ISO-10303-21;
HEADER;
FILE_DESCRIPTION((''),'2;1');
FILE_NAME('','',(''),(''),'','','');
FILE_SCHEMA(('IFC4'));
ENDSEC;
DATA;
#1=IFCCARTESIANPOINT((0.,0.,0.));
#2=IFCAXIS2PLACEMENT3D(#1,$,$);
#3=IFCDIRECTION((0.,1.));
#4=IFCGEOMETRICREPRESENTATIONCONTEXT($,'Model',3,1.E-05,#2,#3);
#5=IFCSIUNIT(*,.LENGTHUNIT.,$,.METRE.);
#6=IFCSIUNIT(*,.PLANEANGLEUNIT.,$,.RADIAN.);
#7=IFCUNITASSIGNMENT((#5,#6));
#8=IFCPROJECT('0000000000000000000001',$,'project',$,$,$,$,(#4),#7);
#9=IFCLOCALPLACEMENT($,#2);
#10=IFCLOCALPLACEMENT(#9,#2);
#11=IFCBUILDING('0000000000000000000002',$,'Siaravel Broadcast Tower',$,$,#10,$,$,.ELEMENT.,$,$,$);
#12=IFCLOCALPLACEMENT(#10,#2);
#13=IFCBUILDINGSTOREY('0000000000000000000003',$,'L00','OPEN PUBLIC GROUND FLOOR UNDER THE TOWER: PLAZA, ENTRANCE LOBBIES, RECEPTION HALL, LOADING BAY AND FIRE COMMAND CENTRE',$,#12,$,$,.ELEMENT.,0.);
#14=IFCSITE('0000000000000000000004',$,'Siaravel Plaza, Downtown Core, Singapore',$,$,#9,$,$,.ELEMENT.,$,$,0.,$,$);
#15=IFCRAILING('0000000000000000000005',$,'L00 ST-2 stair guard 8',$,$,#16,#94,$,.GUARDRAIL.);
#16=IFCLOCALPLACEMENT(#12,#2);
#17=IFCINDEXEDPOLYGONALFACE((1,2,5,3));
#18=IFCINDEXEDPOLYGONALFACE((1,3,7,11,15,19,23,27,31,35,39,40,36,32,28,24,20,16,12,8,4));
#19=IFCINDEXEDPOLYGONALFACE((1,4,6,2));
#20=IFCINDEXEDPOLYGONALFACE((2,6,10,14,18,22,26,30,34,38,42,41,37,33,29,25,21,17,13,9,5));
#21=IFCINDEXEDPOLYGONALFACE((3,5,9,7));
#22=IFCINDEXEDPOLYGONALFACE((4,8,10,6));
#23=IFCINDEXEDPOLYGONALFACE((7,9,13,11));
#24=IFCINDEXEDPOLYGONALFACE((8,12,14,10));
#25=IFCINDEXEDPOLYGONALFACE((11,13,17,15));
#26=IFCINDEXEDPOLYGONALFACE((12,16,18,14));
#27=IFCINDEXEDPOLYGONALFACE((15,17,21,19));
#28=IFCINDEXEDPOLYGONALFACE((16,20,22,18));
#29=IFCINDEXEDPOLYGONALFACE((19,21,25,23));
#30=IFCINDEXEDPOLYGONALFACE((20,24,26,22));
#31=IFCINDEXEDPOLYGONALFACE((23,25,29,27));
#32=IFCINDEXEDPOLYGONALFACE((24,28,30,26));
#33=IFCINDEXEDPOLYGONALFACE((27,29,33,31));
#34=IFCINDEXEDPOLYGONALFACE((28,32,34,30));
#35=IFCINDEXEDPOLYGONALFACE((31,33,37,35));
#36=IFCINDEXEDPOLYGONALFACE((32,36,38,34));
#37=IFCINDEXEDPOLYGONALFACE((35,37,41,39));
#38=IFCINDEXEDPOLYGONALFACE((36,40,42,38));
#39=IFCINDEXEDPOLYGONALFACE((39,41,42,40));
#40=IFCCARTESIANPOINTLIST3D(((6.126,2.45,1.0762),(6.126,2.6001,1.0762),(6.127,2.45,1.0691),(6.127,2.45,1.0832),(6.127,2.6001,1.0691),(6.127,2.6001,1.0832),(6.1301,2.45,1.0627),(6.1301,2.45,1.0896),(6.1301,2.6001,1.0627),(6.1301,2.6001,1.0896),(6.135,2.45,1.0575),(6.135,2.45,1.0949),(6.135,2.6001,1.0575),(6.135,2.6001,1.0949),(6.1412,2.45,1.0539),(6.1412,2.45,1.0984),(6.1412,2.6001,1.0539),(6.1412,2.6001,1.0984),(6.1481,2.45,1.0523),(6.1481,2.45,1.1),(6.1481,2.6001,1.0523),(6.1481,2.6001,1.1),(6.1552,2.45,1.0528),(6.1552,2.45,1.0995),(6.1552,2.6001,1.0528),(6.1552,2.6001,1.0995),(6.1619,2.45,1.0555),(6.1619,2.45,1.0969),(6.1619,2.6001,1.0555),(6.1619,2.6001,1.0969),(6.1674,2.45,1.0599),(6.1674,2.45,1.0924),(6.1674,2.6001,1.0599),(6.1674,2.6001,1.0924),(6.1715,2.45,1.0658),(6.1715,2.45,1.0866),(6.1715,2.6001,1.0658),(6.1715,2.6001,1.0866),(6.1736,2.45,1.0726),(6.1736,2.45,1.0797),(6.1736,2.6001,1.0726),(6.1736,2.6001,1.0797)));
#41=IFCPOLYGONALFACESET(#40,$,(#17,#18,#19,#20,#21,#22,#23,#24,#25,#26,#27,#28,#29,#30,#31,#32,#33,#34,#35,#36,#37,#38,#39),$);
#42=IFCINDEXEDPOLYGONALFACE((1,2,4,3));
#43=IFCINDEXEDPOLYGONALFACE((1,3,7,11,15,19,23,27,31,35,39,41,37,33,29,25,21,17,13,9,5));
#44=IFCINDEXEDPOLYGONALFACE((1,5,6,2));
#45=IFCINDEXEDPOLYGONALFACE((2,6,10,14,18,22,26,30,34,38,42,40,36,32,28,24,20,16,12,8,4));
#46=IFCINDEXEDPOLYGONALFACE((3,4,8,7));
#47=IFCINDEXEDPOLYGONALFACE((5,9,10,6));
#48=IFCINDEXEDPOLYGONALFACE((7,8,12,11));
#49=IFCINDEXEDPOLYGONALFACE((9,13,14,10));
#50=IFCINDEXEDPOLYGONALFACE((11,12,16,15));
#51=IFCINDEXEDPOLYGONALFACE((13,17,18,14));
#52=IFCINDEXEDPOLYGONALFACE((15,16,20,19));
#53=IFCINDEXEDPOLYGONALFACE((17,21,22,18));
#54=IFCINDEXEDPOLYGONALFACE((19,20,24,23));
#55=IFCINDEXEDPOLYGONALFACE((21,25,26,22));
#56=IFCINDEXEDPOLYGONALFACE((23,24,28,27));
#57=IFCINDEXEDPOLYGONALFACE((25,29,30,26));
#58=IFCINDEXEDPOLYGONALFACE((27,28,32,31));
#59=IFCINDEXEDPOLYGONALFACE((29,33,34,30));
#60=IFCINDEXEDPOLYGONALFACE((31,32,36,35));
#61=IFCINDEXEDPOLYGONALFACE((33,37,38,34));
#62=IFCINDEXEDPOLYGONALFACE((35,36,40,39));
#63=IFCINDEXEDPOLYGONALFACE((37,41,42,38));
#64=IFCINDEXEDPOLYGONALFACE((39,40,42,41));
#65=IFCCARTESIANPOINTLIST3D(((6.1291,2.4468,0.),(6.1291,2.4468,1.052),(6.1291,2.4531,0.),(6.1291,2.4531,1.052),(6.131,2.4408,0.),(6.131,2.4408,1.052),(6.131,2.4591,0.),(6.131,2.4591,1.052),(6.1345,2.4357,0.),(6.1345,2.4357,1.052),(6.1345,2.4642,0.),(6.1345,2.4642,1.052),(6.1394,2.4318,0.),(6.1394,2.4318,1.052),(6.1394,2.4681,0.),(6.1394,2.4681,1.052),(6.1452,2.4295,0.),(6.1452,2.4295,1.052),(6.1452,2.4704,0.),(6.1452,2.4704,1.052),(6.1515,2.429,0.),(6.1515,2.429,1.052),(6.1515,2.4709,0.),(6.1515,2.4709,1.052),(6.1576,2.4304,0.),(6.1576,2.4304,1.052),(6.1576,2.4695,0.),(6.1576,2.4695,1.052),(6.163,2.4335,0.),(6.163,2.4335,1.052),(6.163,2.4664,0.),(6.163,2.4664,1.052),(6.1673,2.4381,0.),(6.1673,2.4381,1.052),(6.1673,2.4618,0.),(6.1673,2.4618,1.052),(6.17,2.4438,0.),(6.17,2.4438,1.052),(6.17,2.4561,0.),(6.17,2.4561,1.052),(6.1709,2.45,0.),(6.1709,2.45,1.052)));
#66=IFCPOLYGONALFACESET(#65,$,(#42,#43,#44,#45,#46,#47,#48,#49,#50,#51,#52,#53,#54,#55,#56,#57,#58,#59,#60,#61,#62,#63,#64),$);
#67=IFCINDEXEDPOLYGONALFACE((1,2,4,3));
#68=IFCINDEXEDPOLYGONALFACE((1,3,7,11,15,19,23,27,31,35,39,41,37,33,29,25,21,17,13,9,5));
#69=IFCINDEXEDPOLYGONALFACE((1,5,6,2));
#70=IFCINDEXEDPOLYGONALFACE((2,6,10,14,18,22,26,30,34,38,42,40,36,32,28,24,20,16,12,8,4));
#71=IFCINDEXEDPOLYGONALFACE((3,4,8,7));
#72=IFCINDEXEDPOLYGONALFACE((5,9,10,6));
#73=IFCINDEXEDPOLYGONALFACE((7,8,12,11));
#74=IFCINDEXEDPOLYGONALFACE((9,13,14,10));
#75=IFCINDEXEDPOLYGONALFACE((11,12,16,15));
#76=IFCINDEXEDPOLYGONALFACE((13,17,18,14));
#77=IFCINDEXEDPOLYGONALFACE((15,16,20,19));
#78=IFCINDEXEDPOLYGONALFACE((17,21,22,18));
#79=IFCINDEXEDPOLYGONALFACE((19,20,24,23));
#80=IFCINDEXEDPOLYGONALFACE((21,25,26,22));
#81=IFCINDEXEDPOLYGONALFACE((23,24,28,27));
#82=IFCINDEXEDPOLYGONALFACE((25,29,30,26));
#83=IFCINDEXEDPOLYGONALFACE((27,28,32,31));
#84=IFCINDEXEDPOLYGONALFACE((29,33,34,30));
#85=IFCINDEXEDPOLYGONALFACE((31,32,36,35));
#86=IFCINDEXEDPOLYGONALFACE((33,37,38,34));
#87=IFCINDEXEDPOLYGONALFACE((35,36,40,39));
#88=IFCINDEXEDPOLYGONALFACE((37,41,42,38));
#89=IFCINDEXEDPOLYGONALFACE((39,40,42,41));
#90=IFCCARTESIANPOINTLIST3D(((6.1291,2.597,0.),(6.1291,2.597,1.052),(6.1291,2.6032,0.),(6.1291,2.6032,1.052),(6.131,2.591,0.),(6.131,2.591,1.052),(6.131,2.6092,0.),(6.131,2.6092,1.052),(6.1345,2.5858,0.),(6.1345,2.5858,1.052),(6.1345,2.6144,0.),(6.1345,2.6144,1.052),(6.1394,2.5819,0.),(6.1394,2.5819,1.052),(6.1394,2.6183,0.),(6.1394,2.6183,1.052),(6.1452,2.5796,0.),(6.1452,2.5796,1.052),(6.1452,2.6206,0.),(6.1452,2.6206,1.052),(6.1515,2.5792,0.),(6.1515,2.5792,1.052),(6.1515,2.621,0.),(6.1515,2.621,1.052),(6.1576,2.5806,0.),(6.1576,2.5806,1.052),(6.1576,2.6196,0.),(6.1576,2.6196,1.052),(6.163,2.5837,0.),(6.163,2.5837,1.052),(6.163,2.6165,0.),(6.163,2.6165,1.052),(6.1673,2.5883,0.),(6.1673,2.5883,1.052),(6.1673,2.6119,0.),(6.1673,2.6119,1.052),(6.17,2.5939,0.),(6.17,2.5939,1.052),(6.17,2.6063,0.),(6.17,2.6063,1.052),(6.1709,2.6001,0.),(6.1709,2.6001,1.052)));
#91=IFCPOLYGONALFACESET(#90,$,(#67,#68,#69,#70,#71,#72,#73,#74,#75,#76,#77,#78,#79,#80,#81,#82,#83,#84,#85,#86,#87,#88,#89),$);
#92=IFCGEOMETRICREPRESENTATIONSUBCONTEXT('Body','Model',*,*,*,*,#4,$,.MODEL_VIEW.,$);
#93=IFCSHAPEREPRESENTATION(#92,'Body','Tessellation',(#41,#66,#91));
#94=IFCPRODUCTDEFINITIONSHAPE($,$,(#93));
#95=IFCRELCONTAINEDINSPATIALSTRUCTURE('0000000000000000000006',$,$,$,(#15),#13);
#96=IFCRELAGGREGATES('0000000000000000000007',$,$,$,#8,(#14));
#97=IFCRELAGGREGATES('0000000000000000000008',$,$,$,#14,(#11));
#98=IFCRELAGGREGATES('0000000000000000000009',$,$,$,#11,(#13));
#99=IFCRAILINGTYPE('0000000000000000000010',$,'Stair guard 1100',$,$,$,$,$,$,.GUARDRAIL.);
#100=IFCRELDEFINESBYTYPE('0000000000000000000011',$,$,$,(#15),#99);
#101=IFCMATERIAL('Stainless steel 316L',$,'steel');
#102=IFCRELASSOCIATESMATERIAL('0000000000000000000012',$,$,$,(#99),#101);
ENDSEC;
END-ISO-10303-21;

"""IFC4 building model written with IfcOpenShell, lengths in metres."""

from ifc_helpers import new_model, si_unit, direction, frame, origin, origin_2d, place, context, subcontext, project, spatial, circle, extrude, material, type_object, element, save


model = new_model("IFC4")

# Units and contexts
model_context = context("Model", 3, precision=1e-05, world=origin(), true_north=direction((0.0, 1.0)))
body_context = subcontext(model_context, "Body", "Model", "MODEL_VIEW")
ifc_project = project(units=[si_unit("LENGTHUNIT", "METRE"), si_unit("PLANEANGLEUNIT", "RADIAN")], contexts=[model_context])

# Site, building, storey
site_placement = place(None, origin())
site = spatial("IfcSite", under=ifc_project, at=site_placement, Name="Siaravel Plaza, Downtown Core, Singapore", CompositionType="ELEMENT", RefElevation=0.0)
building_placement = place(site_placement, origin())
building = spatial("IfcBuilding", under=site, at=building_placement, Name="Siaravel Broadcast Tower", CompositionType="ELEMENT")
storey_placement = place(building_placement, origin())
storey = spatial("IfcBuildingStorey", under=building, at=storey_placement, Name="L00", Description="OPEN PUBLIC GROUND FLOOR UNDER THE TOWER: PLAZA, ENTRANCE LOBBIES, RECEPTION HALL, LOADING BAY AND FIRE COMMAND CENTRE", CompositionType="ELEMENT", Elevation=0.0)

# Railing
ifc_material_1 = material(Name="Stainless steel 316L", Category="steel")
railing_type = type_object("IfcRailingType", Name="Stair guard 1100", PredefinedType="GUARDRAIL", material=ifc_material_1)
railing_1_placement = place(storey_placement, frame((6.1499, 2.45, 0.0)))
element("IfcRailing", 1, at=railing_1_placement, inside=storey, type_object=railing_type, Name="L00 ST-2 stair guard 8", PredefinedType="GUARDRAIL", context=body_context, shape_type="SweptSolid", body=[
    extrude(circle(Radius=0.0239, at=origin_2d()), frame((0.0, 0.0, 1.0762), z_axis=(0.0, 1.0, 0.0), x_axis=(-1.0, 0.0, 0.0)), (0.0, 0.0, 1.0), 0.1501),
    extrude(circle(Radius=0.021, at=origin_2d()), origin(), (0.0, 0.0, 1.0), 1.052),
    extrude(circle(Radius=0.021, at=origin_2d()), frame((0.0, 0.1501, 0.0)), (0.0, 0.0, 1.0), 1.052),
])

save(model, "model.ifc")
